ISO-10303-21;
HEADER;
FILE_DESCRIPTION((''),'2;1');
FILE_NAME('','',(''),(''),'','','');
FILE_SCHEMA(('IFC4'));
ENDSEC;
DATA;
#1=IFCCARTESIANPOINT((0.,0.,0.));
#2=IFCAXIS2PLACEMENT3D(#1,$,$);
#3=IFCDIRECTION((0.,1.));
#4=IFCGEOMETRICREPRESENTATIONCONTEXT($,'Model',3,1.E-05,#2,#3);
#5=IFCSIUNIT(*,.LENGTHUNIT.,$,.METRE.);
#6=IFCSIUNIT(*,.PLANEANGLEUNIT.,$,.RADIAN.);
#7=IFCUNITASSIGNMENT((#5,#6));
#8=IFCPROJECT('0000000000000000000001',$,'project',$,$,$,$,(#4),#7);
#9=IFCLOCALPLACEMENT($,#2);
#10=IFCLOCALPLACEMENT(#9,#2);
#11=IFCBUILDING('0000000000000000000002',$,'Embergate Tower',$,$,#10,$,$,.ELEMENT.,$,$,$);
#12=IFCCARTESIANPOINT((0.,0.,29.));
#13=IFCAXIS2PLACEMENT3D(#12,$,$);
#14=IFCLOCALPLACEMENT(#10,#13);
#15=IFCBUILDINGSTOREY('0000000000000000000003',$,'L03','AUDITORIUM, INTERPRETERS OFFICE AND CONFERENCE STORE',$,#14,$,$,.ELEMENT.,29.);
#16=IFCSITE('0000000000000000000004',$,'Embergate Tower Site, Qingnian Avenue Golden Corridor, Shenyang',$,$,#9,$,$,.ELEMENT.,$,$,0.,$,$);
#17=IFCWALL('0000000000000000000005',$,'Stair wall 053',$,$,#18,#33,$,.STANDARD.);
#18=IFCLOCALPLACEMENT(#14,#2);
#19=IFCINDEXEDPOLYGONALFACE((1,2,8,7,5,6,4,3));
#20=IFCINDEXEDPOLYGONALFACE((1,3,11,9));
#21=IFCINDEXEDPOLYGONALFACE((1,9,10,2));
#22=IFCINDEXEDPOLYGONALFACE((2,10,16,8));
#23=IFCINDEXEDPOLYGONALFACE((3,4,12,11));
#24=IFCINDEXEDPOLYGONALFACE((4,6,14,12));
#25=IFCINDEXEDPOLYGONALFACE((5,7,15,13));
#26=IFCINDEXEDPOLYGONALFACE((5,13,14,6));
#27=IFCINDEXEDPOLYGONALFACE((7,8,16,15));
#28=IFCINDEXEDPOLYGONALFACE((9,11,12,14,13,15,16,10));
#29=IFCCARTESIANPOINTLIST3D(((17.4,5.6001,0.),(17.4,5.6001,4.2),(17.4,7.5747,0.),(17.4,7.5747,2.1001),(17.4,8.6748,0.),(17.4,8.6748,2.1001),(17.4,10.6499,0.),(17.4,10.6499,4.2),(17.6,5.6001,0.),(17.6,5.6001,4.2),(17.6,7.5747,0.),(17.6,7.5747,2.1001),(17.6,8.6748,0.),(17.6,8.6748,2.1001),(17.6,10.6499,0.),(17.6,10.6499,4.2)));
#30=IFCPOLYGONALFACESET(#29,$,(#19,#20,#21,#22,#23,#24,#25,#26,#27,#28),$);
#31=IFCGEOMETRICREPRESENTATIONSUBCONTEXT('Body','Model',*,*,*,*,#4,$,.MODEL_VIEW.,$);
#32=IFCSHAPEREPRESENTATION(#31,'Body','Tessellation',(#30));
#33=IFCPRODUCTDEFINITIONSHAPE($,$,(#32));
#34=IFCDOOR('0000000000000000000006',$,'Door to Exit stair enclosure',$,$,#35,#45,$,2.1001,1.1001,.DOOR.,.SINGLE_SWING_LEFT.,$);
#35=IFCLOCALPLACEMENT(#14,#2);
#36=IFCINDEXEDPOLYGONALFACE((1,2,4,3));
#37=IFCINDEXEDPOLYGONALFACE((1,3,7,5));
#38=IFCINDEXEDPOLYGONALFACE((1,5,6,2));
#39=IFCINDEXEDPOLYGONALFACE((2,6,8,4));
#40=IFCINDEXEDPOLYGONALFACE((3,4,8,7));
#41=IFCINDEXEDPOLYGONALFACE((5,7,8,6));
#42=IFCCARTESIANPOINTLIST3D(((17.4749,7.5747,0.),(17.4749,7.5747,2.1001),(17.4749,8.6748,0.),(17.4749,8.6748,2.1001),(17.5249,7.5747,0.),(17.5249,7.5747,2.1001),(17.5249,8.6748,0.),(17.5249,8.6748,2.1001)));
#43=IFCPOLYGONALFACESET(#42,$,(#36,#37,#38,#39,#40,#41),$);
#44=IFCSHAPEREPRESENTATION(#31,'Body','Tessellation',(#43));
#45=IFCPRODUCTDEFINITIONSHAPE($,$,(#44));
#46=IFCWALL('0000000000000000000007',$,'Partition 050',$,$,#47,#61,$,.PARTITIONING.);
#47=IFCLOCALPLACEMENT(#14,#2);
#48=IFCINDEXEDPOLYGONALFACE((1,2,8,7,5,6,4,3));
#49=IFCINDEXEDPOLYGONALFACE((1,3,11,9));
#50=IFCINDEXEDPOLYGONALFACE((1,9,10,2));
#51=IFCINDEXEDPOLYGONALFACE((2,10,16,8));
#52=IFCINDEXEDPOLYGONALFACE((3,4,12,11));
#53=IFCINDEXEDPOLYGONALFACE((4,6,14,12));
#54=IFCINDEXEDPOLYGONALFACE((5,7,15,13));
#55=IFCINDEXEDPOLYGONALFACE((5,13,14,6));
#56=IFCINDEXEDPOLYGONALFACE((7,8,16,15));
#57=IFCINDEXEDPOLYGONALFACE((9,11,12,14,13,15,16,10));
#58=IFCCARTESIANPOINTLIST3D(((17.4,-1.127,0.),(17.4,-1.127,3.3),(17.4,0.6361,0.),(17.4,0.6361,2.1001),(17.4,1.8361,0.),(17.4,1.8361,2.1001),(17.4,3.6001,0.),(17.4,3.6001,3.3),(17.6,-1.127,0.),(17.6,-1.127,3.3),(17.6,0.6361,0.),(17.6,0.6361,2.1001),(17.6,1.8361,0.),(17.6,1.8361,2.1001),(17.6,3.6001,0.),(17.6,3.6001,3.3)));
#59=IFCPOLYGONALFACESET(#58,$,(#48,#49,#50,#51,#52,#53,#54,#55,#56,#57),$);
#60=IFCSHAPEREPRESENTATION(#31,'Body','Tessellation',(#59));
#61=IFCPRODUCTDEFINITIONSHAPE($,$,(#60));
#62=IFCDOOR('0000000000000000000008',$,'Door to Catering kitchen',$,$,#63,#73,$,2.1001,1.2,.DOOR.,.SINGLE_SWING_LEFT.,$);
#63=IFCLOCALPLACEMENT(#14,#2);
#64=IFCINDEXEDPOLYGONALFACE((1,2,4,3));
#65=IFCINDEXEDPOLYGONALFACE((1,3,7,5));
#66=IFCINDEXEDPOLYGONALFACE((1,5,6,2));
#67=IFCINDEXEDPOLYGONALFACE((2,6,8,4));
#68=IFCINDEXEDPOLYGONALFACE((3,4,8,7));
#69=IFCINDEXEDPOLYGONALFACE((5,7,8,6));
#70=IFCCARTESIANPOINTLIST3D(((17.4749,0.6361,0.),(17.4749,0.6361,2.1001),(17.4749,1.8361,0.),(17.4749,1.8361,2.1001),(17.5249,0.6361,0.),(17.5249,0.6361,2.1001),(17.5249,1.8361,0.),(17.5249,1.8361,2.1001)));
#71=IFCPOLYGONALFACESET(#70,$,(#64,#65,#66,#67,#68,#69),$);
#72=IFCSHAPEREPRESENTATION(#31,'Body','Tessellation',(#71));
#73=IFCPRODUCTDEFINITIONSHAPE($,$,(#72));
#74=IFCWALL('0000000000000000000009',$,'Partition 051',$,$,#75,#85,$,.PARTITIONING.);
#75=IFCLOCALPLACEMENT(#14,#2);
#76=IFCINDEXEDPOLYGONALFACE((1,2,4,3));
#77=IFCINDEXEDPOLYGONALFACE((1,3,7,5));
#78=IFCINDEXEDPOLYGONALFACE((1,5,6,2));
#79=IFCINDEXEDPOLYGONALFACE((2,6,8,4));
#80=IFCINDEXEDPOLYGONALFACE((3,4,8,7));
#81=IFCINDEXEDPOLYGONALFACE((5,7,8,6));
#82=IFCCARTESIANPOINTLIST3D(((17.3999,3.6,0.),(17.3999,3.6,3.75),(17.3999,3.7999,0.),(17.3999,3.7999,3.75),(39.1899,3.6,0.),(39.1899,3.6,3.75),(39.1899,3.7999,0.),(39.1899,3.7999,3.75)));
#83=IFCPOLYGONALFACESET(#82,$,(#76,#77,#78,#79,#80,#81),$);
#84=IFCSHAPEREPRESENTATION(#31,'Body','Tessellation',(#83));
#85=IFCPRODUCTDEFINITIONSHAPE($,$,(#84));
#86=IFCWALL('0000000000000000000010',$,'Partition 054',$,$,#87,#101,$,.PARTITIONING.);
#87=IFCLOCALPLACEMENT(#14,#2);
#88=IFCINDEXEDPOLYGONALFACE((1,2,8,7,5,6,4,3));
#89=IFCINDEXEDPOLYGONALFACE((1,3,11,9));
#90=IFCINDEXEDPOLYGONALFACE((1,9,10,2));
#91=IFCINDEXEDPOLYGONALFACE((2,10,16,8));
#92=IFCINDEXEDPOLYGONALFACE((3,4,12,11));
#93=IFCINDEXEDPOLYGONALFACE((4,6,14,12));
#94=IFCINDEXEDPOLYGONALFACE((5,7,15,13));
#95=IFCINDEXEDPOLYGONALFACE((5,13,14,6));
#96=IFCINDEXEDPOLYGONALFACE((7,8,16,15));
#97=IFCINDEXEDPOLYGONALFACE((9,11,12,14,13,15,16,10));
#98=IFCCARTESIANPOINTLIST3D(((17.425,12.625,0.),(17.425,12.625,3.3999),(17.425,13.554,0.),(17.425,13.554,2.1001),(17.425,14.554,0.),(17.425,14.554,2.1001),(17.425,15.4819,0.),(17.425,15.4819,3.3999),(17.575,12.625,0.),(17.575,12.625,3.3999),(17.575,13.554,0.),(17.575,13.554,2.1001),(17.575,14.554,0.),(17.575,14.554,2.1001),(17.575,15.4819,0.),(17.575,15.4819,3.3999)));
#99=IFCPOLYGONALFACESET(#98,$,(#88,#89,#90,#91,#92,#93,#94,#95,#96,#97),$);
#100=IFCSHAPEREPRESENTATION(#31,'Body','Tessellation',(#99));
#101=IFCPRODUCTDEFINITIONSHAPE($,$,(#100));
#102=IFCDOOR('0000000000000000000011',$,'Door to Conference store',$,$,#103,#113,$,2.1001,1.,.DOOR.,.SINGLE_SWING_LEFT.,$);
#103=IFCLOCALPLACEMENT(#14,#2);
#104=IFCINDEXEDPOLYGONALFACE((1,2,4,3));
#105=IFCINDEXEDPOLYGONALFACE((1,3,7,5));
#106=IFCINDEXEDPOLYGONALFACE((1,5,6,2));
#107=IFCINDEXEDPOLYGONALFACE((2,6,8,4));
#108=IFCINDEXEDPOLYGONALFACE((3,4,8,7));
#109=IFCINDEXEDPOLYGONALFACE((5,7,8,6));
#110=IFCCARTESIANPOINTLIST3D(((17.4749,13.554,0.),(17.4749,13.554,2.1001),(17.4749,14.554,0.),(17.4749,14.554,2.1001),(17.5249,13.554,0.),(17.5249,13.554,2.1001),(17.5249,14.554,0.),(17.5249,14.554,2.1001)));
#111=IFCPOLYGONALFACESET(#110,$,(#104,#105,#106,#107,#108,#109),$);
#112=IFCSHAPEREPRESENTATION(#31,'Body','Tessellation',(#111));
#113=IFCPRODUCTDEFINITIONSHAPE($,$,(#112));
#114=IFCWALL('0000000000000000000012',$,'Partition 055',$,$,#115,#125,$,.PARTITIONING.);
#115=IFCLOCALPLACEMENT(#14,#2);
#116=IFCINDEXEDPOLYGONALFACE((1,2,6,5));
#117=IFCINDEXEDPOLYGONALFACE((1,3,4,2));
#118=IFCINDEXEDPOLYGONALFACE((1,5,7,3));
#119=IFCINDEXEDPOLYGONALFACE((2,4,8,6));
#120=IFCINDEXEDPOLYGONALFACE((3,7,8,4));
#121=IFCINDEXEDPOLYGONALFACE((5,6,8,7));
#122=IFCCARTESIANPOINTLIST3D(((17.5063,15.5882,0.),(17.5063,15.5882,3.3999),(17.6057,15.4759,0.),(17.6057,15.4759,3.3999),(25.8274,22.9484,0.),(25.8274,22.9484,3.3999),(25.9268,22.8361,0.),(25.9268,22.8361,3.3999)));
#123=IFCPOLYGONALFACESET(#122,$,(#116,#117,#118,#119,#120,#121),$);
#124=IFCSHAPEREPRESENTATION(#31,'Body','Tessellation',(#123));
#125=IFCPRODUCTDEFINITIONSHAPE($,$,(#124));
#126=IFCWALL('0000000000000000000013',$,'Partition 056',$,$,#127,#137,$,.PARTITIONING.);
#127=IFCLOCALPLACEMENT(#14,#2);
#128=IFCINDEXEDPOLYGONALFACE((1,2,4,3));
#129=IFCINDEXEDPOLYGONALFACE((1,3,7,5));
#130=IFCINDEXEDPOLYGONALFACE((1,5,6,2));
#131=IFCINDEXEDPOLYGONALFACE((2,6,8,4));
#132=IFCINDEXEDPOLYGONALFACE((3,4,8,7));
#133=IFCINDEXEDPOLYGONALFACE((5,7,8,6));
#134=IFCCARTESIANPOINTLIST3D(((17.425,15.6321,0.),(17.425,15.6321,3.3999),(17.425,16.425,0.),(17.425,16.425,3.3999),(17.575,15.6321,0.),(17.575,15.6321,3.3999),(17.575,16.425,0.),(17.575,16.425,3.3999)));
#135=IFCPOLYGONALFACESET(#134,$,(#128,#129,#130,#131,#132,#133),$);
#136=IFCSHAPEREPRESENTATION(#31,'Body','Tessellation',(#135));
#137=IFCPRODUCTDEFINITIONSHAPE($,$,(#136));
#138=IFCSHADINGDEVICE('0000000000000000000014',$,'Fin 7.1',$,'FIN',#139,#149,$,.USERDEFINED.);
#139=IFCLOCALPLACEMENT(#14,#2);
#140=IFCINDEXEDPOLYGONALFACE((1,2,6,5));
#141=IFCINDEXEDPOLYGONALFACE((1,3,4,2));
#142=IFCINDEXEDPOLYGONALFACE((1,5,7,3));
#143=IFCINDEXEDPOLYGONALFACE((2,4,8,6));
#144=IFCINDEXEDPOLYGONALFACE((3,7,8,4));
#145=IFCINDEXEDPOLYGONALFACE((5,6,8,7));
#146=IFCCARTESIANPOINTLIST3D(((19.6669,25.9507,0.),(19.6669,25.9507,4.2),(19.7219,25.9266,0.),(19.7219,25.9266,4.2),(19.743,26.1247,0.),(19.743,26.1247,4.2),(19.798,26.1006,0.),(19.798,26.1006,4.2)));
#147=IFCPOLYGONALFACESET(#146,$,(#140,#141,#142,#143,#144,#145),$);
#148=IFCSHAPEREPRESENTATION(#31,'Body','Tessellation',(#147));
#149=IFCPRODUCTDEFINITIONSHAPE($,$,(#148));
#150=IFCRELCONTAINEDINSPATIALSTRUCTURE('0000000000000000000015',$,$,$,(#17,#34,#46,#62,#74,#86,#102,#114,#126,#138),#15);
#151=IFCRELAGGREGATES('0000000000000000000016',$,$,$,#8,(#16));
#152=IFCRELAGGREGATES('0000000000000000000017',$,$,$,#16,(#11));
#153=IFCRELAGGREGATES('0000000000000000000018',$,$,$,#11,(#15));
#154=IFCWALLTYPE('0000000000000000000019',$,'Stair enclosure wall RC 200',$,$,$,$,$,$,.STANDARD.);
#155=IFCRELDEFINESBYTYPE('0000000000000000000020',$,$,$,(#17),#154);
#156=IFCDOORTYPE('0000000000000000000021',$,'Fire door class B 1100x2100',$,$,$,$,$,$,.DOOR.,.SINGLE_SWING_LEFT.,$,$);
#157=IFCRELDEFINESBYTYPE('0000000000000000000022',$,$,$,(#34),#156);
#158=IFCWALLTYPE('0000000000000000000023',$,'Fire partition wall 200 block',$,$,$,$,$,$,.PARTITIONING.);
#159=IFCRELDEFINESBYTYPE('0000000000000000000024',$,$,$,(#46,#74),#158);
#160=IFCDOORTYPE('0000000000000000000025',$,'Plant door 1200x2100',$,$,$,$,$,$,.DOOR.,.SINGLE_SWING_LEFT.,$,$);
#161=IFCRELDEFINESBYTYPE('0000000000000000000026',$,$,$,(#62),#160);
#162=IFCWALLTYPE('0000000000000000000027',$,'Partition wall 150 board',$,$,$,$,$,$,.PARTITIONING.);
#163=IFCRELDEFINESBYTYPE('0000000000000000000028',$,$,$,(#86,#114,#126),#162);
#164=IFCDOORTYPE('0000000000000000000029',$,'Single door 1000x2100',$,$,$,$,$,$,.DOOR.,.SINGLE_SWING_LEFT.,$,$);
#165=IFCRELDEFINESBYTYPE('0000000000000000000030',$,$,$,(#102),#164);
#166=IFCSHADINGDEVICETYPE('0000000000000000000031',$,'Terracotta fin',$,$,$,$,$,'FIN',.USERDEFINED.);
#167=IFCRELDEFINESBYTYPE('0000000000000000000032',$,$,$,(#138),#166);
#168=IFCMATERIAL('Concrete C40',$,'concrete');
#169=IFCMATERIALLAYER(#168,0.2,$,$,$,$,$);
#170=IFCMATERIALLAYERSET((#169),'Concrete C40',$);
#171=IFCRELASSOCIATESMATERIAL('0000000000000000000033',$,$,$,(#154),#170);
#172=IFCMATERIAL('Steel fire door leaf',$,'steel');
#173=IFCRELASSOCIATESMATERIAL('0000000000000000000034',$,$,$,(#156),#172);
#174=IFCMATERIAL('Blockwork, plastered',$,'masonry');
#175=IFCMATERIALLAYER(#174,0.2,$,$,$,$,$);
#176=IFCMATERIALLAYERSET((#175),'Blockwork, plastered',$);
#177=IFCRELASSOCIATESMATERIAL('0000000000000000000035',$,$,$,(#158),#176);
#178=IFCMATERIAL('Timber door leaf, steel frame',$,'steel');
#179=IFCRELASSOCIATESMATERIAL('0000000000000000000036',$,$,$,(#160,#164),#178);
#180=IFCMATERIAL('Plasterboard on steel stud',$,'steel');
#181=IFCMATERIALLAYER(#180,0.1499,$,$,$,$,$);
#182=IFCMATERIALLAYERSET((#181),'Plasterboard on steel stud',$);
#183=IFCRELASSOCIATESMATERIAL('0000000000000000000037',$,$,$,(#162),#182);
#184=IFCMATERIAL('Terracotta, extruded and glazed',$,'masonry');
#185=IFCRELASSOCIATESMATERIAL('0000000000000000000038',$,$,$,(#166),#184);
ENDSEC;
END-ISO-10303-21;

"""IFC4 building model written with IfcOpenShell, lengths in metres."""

from ifc_helpers import new_model, si_unit, direction, frame, frame_2d, origin, origin_2d, place, context, subcontext, project, spatial, rectangle, extrude, source, transform, mapped, material, layer, layer_set, material_profile, profile_set, type_object, element, fill, save


model = new_model("IFC4")

# Units and contexts
model_context = context("Model", 3, precision=1e-05, world=origin(), true_north=direction((0.0, 1.0)))
body_context = subcontext(model_context, "Body", "Model", "MODEL_VIEW")
ifc_project = project(units=[si_unit("LENGTHUNIT", "METRE"), si_unit("PLANEANGLEUNIT", "RADIAN")], contexts=[model_context])

# Site, building, storey
site_placement = place(None, origin())
site = spatial("IfcSite", under=ifc_project, at=site_placement, Name="Embergate Tower Site, Qingnian Avenue Golden Corridor, Shenyang", CompositionType="ELEMENT", RefElevation=0.0)
building_placement = place(site_placement, origin())
building = spatial("IfcBuilding", under=site, at=building_placement, Name="Embergate Tower", CompositionType="ELEMENT")
storey_placement = place(building_placement, frame((0.0, 0.0, 29.0)))
storey = spatial("IfcBuildingStorey", under=building, at=storey_placement, Name="L03", Description="AUDITORIUM, INTERPRETERS OFFICE AND CONFERENCE STORE", CompositionType="ELEMENT", Elevation=29.0)

# Shared definitions
ifc_material_1 = material(Name="Concrete C40", Category="concrete")
ifc_layer_1 = layer(ifc_material_1, 0.2)
ifc_layer_set_1 = layer_set([ifc_layer_1], Name="Concrete C40")
wall_type_1 = type_object("IfcWallType", Name="Stair enclosure wall RC 200", PredefinedType="STANDARD", material=ifc_layer_set_1)

# Walls, openings, doors
shared_shape_1 = source(origin(), body_context, "Body", "SweptSolid", [
    extrude(rectangle(XDim=5.0498, YDim=0.2, at=frame_2d((2.5249, 0.0))), origin(), (0.0, 0.0, 1.0), 4.2),
])
wall_1_placement = place(storey_placement, frame((17.5, 10.6499, 0.0), z_axis=(0.0, 0.0, 1.0), x_axis=(0.0, -1.0, 0.0)))
wall_1 = element("IfcWall", 1, at=wall_1_placement, inside=storey, type_object=wall_type_1, Name="Stair wall 053", PredefinedType="STANDARD", context=body_context, shape_type="MappedRepresentation", body=[
    mapped(shared_shape_1, transform((0.0, 0.0, 0.0))),
])
shared_shape_2 = source(origin(), body_context, "Body", "SweptSolid", [
    extrude(rectangle(XDim=1.1001, YDim=2.1001, at=frame_2d((0.55, 1.05))), frame((0.0, 0.1099, 0.0), z_axis=(0.0, -1.0, 0.0), x_axis=(1.0, 0.0, 0.0)), (0.0, 0.0, 1.0), 0.22),
])
opening_1_placement = place(wall_1_placement, frame((1.9751, 0.0, 0.0)))
opening_1 = element("IfcOpeningElement", 2, at=opening_1_placement, cuts=wall_1, PredefinedType="OPENING", context=body_context, shape_type="MappedRepresentation", body=[
    mapped(shared_shape_2, transform((0.0, 0.0, 0.0))),
])
ifc_material_2 = material(Name="Steel fire door leaf", Category="steel")
door_type_1 = type_object("IfcDoorType", Name="Fire door class B 1100x2100", OperationType="SINGLE_SWING_LEFT", PredefinedType="DOOR", material=ifc_material_2)
shared_shape_3 = source(origin(), body_context, "Body", "SweptSolid", [
    extrude(rectangle(XDim=1.1001, YDim=2.1001, at=frame_2d((0.55, 1.05))), frame((0.0, 0.0249, 0.0), z_axis=(0.0, -1.0, 0.0), x_axis=(1.0, 0.0, 0.0)), (0.0, 0.0, 1.0), 0.05),
])
door_1_placement = place(opening_1_placement, origin())
door_1 = element("IfcDoor", 3, at=door_1_placement, inside=storey, type_object=door_type_1, Name="Door to Exit stair enclosure", OperationType="SINGLE_SWING_LEFT", OverallHeight=2.1001, OverallWidth=1.1001, PredefinedType="DOOR", context=body_context, shape_type="MappedRepresentation", body=[
    mapped(shared_shape_3, transform((0.0, 0.0, 0.0))),
])
fill(opening_1, door_1)
ifc_material_3 = material(Name="Blockwork, plastered", Category="masonry")
ifc_layer_2 = layer(ifc_material_3, 0.2)
ifc_layer_set_2 = layer_set([ifc_layer_2], Name="Blockwork, plastered")
wall_type_2 = type_object("IfcWallType", Name="Fire partition wall 200 block", PredefinedType="PARTITIONING", material=ifc_layer_set_2)
shared_shape_4 = source(origin(), body_context, "Body", "SweptSolid", [
    extrude(rectangle(XDim=4.7271, YDim=0.2, at=frame_2d((2.3635, 0.0))), origin(), (0.0, 0.0, 1.0), 3.3),
])
wall_2_placement = place(storey_placement, frame((17.5, 3.6001, 0.0), z_axis=(0.0, 0.0, 1.0), x_axis=(0.0, -1.0, 0.0)))
wall_2 = element("IfcWall", 4, at=wall_2_placement, inside=storey, type_object=wall_type_2, Name="Partition 050", PredefinedType="PARTITIONING", context=body_context, shape_type="MappedRepresentation", body=[
    mapped(shared_shape_4, transform((0.0, 0.0, 0.0))),
])
shared_shape_5 = source(origin(), body_context, "Body", "SweptSolid", [
    extrude(rectangle(XDim=1.2, YDim=2.1001, at=frame_2d((0.6001, 1.05))), frame((0.0, 0.1099, 0.0), z_axis=(0.0, -1.0, 0.0), x_axis=(1.0, 0.0, 0.0)), (0.0, 0.0, 1.0), 0.22),
])
opening_2_placement = place(wall_2_placement, frame((1.7639, 0.0, 0.0)))
opening_2 = element("IfcOpeningElement", 5, at=opening_2_placement, cuts=wall_2, PredefinedType="OPENING", context=body_context, shape_type="MappedRepresentation", body=[
    mapped(shared_shape_5, transform((0.0, 0.0, 0.0))),
])
ifc_material_4 = material(Name="Timber door leaf, steel frame", Category="steel")
door_type_2 = type_object("IfcDoorType", Name="Plant door 1200x2100", OperationType="SINGLE_SWING_LEFT", PredefinedType="DOOR", material=ifc_material_4)
shared_shape_6 = source(origin(), body_context, "Body", "SweptSolid", [
    extrude(rectangle(XDim=1.2, YDim=2.1001, at=frame_2d((0.6001, 1.05))), frame((0.0, 0.0249, 0.0), z_axis=(0.0, -1.0, 0.0), x_axis=(1.0, 0.0, 0.0)), (0.0, 0.0, 1.0), 0.05),
])
door_2_placement = place(opening_2_placement, origin())
door_2 = element("IfcDoor", 6, at=door_2_placement, inside=storey, type_object=door_type_2, Name="Door to Catering kitchen", OperationType="SINGLE_SWING_LEFT", OverallHeight=2.1001, OverallWidth=1.2, PredefinedType="DOOR", context=body_context, shape_type="MappedRepresentation", body=[
    mapped(shared_shape_6, transform((0.0, 0.0, 0.0))),
])
fill(opening_2, door_2)

# Wall
shared_shape_7 = source(origin(), body_context, "Body", "SweptSolid", [
    extrude(rectangle(XDim=21.79, YDim=0.2, at=frame_2d((10.895, 0.0))), origin(), (0.0, 0.0, 1.0), 3.75),
])
wall_3_placement = place(storey_placement, frame((17.3999, 3.7, 0.0), z_axis=(0.0, 0.0, 1.0), x_axis=(1.0, 0.0, 0.0)))
element("IfcWall", 7, at=wall_3_placement, inside=storey, type_object=wall_type_2, Name="Partition 051", PredefinedType="PARTITIONING", context=body_context, shape_type="MappedRepresentation", body=[
    mapped(shared_shape_7, transform((0.0, 0.0, 0.0))),
])

# Wall, opening, door
ifc_material_5 = material(Name="Plasterboard on steel stud", Category="steel")
ifc_layer_3 = layer(ifc_material_5, 0.1499)
ifc_layer_set_3 = layer_set([ifc_layer_3], Name="Plasterboard on steel stud")
wall_type_3 = type_object("IfcWallType", Name="Partition wall 150 board", PredefinedType="PARTITIONING", material=ifc_layer_set_3)
shared_shape_8 = source(origin(), body_context, "Body", "SweptSolid", [
    extrude(rectangle(XDim=2.8569, YDim=0.1499, at=frame_2d((1.4285, 0.0))), origin(), (0.0, 0.0, 1.0), 3.3999),
])
wall_4_placement = place(storey_placement, frame((17.5, 15.4819, 0.0), z_axis=(0.0, 0.0, 1.0), x_axis=(0.0, -1.0, 0.0)))
wall_4 = element("IfcWall", 8, at=wall_4_placement, inside=storey, type_object=wall_type_3, Name="Partition 054", PredefinedType="PARTITIONING", context=body_context, shape_type="MappedRepresentation", body=[
    mapped(shared_shape_8, transform((0.0, 0.0, 0.0))),
])
shared_shape_9 = source(origin(), body_context, "Body", "SweptSolid", [
    extrude(rectangle(XDim=1.0, YDim=2.1001, at=frame_2d((0.5, 1.05))), frame((0.0, 0.085, 0.0), z_axis=(0.0, -1.0, 0.0), x_axis=(1.0, 0.0, 0.0)), (0.0, 0.0, 1.0), 0.1699),
])
opening_3_placement = place(wall_4_placement, frame((0.928, 0.0, 0.0)))
opening_3 = element("IfcOpeningElement", 9, at=opening_3_placement, cuts=wall_4, PredefinedType="OPENING", context=body_context, shape_type="MappedRepresentation", body=[
    mapped(shared_shape_9, transform((0.0, 0.0, 0.0))),
])
door_type_3 = type_object("IfcDoorType", Name="Single door 1000x2100", OperationType="SINGLE_SWING_LEFT", PredefinedType="DOOR", material=ifc_material_4)
shared_shape_10 = source(origin(), body_context, "Body", "SweptSolid", [
    extrude(rectangle(XDim=1.0, YDim=2.1001, at=frame_2d((0.5, 1.05))), frame((0.0, 0.0249, 0.0), z_axis=(0.0, -1.0, 0.0), x_axis=(1.0, 0.0, 0.0)), (0.0, 0.0, 1.0), 0.05),
])
door_3_placement = place(opening_3_placement, origin())
door_3 = element("IfcDoor", 10, at=door_3_placement, inside=storey, type_object=door_type_3, Name="Door to Conference store", OperationType="SINGLE_SWING_LEFT", OverallHeight=2.1001, OverallWidth=1.0, PredefinedType="DOOR", context=body_context, shape_type="MappedRepresentation", body=[
    mapped(shared_shape_10, transform((0.0, 0.0, 0.0))),
])
fill(opening_3, door_3)

# Walls
shared_shape_11 = source(origin(), body_context, "Body", "SweptSolid", [
    extrude(rectangle(XDim=11.1091, YDim=0.1499, at=frame_2d((5.5547, 0.0))), origin(), (0.0, 0.0, 1.0), 3.3999),
])
wall_5_placement = place(storey_placement, frame((17.5559, 15.532, 0.0), z_axis=(0.0, 0.0, 1.0), x_axis=(0.749033, 0.662533, 0.0)))
element("IfcWall", 11, at=wall_5_placement, inside=storey, type_object=wall_type_3, Name="Partition 055", PredefinedType="PARTITIONING", context=body_context, shape_type="MappedRepresentation", body=[
    mapped(shared_shape_11, transform((0.0, 0.0, 0.0))),
])
shared_shape_12 = source(origin(), body_context, "Body", "SweptSolid", [
    extrude(rectangle(XDim=0.793, YDim=0.1499, at=frame_2d((0.3965, 0.0))), origin(), (0.0, 0.0, 1.0), 3.3999),
])
wall_6_placement = place(storey_placement, frame((17.5, 16.425, 0.0), z_axis=(0.0, 0.0, 1.0), x_axis=(0.0, -1.0, 0.0)))
element("IfcWall", 12, at=wall_6_placement, inside=storey, type_object=wall_type_3, Name="Partition 056", PredefinedType="PARTITIONING", context=body_context, shape_type="MappedRepresentation", body=[
    mapped(shared_shape_12, transform((0.0, 0.0, 0.0))),
])

# Shading device
ifc_material_6 = material(Name="Terracotta, extruded and glazed", Category="masonry")
ifc_material_profile_1 = material_profile(ifc_material_6, rectangle(XDim=0.1899, YDim=0.0601, at=origin_2d()), Name="TC 190x60")
ifc_profile_set_1 = profile_set([ifc_material_profile_1], Name="Terracotta, extruded and glazed")
shading_device_type = type_object("IfcShadingDeviceType", Name="Terracotta fin", ElementType="FIN", PredefinedType="USERDEFINED", material=ifc_profile_set_1)
shared_shape_13 = source(origin(), body_context, "Body", "SweptSolid", [
    extrude(rectangle(XDim=0.1899, YDim=0.0601, at=origin_2d()), origin(), (0.0, 0.0, 1.0), 4.2),
])
for number, where, z_axis, x_axis, name in (
    (13, (19.7324, 26.0256, 0.0), (0.0, 0.0, 1.0), (-0.400648, -0.916232, 0.0), "Fin 7.1"),
):
    element("IfcShadingDevice", number, at=place(storey_placement, frame(where, z_axis=z_axis, x_axis=x_axis)), inside=storey, type_object=shading_device_type, Name=name, ObjectType="FIN", PredefinedType="USERDEFINED", context=body_context, shape_type="MappedRepresentation", body=[
        mapped(shared_shape_13, transform((0.0, 0.0, 0.0))),
    ])

save(model, "model.ifc")
